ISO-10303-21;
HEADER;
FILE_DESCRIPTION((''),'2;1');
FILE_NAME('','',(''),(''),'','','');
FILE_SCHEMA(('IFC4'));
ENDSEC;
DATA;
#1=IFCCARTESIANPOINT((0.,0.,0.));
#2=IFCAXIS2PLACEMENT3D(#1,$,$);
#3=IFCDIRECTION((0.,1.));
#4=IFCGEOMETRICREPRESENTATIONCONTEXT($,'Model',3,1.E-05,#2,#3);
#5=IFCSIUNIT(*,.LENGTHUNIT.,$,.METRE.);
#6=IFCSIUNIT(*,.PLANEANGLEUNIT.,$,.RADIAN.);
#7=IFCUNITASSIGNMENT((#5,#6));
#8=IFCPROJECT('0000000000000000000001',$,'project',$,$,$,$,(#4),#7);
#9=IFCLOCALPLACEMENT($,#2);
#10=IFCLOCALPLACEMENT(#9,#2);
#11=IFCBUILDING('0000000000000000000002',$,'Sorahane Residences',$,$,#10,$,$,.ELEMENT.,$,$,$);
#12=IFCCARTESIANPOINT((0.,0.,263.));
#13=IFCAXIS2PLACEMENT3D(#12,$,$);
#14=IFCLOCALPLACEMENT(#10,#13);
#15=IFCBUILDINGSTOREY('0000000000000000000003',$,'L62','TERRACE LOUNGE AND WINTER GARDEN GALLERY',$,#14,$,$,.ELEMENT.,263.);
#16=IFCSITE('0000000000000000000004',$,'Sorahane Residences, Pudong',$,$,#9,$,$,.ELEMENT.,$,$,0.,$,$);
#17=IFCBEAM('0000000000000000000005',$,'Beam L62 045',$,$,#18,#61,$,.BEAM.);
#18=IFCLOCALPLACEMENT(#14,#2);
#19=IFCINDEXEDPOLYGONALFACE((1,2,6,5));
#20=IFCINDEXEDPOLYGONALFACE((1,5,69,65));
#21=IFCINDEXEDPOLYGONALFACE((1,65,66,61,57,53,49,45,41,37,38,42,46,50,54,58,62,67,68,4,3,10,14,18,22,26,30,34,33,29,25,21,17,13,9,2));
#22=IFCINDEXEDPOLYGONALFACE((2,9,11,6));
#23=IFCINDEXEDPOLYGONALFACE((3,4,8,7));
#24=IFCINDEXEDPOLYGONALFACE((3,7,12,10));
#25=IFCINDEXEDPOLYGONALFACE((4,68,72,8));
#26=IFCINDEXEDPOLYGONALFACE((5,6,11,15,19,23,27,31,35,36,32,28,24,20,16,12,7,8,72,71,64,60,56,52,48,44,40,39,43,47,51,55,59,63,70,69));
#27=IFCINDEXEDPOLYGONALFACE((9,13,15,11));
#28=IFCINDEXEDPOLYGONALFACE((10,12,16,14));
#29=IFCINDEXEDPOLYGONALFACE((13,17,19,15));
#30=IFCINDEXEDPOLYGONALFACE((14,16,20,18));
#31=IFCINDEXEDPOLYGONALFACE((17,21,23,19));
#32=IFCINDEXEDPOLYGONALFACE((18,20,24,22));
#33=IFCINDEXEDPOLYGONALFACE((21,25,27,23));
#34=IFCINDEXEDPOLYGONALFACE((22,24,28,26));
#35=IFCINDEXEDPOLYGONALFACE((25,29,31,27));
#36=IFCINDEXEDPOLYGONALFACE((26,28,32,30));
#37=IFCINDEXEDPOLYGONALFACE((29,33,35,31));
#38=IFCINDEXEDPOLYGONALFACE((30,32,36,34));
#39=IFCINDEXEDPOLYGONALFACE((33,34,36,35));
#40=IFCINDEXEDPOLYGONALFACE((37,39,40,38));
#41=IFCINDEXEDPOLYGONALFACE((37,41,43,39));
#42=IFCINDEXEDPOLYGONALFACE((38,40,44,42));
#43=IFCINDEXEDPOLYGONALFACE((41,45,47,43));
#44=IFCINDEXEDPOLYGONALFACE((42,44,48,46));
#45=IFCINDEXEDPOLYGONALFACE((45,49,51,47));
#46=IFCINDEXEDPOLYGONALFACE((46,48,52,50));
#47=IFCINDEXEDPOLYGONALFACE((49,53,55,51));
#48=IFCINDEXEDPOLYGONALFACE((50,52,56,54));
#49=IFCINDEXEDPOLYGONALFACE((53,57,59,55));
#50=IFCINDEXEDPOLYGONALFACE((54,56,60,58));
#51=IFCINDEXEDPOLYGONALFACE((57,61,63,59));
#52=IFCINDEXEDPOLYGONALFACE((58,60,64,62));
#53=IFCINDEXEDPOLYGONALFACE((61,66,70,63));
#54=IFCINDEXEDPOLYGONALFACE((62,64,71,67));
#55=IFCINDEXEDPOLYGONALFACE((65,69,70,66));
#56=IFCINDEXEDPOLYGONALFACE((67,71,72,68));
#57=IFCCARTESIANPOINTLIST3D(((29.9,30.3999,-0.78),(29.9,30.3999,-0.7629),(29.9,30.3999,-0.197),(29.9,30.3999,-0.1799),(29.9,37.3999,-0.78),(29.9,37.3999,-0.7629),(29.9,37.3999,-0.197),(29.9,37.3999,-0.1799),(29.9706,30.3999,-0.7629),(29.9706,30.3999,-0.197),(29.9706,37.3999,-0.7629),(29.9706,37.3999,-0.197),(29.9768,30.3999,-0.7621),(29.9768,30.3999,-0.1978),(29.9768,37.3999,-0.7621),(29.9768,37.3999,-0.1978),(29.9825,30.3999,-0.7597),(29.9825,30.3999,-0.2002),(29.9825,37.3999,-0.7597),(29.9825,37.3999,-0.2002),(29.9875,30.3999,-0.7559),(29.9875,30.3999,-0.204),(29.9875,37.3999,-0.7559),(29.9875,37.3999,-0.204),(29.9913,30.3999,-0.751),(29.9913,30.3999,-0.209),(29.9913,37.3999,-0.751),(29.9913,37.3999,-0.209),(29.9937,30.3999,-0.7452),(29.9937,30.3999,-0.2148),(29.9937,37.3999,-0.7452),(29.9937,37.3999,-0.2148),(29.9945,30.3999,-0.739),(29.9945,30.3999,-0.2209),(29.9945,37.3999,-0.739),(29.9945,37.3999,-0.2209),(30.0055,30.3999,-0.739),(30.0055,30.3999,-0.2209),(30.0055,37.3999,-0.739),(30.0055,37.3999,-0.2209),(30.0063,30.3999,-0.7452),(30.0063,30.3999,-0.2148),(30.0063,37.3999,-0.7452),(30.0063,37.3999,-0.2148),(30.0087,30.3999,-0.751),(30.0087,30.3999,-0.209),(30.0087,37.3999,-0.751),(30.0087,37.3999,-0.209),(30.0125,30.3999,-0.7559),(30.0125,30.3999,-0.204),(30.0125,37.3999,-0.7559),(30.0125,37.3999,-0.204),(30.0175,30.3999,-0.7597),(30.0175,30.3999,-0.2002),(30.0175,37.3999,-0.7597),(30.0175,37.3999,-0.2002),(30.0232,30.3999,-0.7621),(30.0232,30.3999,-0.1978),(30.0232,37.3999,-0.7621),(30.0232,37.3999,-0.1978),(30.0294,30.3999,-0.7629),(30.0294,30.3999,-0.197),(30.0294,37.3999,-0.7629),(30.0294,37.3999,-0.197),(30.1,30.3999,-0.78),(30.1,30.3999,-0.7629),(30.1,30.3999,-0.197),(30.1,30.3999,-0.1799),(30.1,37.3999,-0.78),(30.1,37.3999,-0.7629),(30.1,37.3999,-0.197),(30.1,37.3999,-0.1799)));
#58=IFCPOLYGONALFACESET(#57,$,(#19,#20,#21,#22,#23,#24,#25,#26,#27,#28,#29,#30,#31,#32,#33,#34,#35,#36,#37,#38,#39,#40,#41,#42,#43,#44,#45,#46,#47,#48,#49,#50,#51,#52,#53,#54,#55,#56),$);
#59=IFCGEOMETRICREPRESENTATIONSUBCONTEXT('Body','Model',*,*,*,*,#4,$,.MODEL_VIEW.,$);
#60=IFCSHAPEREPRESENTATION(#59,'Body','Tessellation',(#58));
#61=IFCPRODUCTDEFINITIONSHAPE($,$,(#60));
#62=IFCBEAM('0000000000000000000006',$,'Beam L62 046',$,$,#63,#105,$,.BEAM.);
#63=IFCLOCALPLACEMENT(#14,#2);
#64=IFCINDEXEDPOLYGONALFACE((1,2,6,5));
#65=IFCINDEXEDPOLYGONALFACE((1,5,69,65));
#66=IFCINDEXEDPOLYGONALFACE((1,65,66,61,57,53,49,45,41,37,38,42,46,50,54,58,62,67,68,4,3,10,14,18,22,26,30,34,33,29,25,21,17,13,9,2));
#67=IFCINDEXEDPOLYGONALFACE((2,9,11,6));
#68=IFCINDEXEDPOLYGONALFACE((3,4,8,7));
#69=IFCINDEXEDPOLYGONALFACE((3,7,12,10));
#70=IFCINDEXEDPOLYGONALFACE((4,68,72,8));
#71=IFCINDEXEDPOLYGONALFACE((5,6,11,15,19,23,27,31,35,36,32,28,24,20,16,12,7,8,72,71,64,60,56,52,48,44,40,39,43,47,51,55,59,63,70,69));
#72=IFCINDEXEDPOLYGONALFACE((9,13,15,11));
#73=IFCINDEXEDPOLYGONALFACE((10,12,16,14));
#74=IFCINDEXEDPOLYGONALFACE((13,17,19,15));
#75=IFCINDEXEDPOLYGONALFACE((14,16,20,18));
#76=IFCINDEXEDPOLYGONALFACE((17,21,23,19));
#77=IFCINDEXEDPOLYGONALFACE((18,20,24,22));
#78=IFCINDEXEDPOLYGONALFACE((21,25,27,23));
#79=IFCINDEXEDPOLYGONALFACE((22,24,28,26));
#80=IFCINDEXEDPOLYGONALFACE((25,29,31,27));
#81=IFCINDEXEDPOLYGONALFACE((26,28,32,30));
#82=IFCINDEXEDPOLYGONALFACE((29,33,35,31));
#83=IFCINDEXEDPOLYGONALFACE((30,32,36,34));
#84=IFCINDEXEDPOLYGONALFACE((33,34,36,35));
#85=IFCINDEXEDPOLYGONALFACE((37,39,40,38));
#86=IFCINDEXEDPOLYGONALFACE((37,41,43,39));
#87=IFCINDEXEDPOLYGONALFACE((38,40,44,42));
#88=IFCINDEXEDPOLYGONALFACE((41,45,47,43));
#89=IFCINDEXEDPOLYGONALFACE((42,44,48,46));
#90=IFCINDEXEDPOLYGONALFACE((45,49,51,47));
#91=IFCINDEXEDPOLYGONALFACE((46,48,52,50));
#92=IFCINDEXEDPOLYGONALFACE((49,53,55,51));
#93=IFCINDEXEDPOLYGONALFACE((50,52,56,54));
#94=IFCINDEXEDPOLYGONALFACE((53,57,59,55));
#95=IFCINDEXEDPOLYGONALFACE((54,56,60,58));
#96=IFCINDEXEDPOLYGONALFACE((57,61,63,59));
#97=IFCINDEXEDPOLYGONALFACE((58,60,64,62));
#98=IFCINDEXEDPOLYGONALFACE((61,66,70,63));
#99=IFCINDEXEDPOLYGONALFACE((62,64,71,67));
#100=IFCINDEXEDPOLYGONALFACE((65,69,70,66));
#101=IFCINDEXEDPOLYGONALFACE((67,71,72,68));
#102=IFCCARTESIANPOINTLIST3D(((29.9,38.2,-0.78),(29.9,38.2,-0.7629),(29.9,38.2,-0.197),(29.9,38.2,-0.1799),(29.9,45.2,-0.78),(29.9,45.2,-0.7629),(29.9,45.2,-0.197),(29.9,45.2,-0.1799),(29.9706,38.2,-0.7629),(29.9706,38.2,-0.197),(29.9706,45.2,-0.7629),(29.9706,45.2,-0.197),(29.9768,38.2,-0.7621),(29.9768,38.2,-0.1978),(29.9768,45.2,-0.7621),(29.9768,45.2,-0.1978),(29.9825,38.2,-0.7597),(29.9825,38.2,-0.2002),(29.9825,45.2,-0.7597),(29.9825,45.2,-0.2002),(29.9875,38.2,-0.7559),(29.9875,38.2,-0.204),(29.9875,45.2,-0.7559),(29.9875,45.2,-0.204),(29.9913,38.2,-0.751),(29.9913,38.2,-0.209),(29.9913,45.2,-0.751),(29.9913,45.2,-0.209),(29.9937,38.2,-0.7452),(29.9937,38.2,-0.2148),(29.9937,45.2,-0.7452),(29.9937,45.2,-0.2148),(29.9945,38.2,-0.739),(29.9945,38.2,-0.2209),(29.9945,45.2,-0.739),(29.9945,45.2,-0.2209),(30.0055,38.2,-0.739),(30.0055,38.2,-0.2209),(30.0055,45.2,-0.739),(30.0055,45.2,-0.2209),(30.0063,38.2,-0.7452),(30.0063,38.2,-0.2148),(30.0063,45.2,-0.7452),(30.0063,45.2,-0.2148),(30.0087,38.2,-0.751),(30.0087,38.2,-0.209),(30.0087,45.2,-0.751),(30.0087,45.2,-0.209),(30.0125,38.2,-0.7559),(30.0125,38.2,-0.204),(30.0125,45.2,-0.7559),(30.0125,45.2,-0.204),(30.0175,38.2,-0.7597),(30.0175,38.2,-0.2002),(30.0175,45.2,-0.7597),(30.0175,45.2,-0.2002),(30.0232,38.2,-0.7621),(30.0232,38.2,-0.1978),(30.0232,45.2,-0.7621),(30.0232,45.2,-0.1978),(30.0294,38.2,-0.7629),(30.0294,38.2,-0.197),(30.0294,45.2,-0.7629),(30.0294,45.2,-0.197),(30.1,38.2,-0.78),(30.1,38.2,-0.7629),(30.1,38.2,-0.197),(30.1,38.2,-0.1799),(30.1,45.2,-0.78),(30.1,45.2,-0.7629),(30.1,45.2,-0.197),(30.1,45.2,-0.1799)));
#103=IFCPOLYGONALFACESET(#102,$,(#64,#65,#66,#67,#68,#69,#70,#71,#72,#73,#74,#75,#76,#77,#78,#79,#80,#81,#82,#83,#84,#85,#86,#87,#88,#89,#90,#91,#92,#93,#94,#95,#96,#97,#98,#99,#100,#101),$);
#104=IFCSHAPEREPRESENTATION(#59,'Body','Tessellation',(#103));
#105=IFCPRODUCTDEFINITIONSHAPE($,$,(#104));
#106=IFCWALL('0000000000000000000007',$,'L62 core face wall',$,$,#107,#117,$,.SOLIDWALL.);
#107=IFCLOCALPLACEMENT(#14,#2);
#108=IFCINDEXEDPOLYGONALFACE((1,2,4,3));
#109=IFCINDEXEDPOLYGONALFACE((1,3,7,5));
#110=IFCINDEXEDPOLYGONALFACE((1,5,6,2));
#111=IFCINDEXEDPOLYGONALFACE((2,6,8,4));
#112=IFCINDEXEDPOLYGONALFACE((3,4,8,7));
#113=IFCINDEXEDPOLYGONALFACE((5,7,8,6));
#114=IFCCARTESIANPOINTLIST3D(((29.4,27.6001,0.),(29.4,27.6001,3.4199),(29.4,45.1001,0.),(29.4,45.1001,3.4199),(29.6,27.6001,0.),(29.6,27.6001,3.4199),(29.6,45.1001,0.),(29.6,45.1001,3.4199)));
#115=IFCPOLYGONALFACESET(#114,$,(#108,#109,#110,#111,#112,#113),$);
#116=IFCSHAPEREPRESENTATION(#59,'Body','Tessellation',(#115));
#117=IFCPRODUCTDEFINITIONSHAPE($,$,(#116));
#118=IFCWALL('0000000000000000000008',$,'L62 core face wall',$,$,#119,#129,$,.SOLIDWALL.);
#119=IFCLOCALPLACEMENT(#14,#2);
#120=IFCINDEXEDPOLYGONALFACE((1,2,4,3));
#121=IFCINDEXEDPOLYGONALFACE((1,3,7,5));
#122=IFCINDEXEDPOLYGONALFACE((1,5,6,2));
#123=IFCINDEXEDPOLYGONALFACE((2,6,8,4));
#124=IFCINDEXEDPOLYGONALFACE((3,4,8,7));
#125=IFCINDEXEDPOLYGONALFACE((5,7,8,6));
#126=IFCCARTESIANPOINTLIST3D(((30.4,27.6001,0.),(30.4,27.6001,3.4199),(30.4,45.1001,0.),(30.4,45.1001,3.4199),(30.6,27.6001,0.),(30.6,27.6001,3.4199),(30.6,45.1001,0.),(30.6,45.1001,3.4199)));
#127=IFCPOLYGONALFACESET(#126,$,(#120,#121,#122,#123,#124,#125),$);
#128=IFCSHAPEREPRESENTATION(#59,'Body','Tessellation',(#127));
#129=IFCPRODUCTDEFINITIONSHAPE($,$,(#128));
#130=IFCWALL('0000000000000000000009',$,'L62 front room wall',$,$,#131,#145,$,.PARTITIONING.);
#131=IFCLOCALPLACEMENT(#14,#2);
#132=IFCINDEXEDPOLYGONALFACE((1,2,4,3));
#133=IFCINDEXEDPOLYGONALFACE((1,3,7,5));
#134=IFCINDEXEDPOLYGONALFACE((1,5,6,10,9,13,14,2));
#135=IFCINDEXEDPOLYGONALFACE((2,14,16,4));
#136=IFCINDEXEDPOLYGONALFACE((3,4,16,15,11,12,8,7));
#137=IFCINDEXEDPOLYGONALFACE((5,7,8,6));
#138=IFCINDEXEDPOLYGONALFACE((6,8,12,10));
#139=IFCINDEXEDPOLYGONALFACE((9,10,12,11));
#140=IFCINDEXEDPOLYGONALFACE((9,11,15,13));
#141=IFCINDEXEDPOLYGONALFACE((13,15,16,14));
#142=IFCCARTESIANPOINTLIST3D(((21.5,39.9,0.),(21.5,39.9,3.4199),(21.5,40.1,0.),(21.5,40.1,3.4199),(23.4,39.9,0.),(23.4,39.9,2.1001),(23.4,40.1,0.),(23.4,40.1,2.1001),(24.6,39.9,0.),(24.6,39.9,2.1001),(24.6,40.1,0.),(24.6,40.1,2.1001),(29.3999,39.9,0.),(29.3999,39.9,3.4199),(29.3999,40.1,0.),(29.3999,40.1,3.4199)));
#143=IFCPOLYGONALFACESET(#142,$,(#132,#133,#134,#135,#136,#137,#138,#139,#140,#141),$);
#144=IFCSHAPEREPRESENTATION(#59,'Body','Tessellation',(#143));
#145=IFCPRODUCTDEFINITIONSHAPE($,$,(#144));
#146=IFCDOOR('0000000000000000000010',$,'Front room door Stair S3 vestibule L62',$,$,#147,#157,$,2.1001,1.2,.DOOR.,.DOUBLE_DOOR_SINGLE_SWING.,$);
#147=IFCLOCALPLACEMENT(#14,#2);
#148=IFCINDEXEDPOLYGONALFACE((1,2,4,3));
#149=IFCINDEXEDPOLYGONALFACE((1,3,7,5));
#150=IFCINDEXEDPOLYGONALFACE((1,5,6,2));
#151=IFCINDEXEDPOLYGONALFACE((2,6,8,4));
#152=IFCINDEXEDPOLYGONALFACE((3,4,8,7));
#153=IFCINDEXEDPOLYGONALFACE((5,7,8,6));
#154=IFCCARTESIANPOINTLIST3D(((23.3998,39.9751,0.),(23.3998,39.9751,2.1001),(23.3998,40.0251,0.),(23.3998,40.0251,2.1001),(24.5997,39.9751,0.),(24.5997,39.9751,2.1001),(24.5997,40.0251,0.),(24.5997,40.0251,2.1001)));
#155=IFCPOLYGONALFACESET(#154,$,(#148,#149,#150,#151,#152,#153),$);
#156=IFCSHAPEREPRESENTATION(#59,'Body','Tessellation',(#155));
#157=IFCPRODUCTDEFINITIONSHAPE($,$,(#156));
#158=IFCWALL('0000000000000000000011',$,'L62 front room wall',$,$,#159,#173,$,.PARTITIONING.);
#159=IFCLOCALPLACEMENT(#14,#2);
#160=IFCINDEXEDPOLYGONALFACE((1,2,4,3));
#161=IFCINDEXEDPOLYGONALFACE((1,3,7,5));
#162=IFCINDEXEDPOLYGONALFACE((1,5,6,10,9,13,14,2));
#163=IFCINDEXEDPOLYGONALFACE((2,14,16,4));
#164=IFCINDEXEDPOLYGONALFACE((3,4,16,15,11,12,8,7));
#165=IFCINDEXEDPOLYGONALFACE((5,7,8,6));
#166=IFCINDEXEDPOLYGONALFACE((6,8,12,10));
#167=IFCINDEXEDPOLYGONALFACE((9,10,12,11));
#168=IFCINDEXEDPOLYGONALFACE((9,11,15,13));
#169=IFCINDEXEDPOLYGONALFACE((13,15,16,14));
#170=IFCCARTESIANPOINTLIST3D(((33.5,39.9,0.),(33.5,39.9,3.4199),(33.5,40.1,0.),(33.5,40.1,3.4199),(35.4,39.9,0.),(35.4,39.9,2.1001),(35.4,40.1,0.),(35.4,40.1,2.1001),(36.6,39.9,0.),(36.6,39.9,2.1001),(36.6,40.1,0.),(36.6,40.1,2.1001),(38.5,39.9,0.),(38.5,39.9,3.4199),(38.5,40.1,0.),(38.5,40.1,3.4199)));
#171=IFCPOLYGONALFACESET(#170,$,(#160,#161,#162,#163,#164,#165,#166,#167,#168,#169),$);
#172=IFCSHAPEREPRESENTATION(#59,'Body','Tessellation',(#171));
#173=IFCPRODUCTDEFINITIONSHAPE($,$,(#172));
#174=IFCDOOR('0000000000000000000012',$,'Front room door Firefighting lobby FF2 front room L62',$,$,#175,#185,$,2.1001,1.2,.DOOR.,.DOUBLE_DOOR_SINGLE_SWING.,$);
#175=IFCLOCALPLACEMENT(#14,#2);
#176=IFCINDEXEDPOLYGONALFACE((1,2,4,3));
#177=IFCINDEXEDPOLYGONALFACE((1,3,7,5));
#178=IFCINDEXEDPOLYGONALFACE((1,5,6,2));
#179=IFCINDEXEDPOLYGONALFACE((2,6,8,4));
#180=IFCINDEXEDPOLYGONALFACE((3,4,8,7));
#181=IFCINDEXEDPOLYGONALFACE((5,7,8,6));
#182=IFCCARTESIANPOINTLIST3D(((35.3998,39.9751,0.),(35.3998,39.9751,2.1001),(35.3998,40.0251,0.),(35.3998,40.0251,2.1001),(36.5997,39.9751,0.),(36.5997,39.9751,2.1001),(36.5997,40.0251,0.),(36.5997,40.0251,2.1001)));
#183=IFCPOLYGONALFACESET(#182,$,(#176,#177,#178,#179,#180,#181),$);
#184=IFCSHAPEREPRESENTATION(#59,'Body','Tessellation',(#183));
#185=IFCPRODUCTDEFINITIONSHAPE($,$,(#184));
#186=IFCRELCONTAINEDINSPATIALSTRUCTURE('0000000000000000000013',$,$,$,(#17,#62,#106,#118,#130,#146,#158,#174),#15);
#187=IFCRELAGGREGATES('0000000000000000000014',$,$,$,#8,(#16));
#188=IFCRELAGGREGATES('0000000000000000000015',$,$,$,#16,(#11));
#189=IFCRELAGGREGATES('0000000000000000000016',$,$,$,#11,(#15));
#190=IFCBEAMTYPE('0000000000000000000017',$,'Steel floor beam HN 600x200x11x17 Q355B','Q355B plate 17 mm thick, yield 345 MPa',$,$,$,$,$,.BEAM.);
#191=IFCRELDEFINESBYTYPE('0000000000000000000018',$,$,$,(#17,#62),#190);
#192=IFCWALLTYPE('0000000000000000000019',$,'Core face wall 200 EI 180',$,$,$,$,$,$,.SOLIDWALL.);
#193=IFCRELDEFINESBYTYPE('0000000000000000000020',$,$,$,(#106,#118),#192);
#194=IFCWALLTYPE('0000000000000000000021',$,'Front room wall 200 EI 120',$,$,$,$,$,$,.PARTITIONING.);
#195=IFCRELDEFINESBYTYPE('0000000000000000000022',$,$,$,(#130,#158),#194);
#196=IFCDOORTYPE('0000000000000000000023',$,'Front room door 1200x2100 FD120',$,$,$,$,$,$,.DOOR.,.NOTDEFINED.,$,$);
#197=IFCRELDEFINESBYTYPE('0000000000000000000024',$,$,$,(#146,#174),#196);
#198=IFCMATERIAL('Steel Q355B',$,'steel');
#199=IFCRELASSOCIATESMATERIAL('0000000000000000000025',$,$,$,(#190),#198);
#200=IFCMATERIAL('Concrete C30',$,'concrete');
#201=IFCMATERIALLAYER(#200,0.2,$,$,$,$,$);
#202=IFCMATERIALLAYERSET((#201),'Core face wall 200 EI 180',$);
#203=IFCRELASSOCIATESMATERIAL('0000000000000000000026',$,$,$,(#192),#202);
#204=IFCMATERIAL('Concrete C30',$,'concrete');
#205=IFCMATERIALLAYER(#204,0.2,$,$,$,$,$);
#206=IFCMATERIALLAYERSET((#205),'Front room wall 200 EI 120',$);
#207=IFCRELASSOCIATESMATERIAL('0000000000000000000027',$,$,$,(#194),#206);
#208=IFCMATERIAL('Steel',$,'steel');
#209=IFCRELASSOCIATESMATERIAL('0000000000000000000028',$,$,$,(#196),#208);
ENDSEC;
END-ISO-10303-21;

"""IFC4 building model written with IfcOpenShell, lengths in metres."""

from ifc_helpers import new_model, si_unit, direction, frame, frame_2d, origin, origin_2d, place, context, subcontext, project, spatial, rectangle, i_section, extrude, material, layer, layer_set, material_profile, profile_set, type_object, element, fill, save


model = new_model("IFC4")

# Units and contexts
model_context = context("Model", 3, precision=1e-05, world=origin(), true_north=direction((0.0, 1.0)))
body_context = subcontext(model_context, "Body", "Model", "MODEL_VIEW")
ifc_project = project(units=[si_unit("LENGTHUNIT", "METRE"), si_unit("PLANEANGLEUNIT", "RADIAN")], contexts=[model_context])

# Site, building, storey
site_placement = place(None, origin())
site = spatial("IfcSite", under=ifc_project, at=site_placement, Name="Sorahane Residences, Pudong", CompositionType="ELEMENT", RefElevation=0.0)
building_placement = place(site_placement, origin())
building = spatial("IfcBuilding", under=site, at=building_placement, Name="Sorahane Residences", CompositionType="ELEMENT")
storey_placement = place(building_placement, frame((0.0, 0.0, 263.0)))
storey = spatial("IfcBuildingStorey", under=building, at=storey_placement, Name="L62", Description="TERRACE LOUNGE AND WINTER GARDEN GALLERY", CompositionType="ELEMENT", Elevation=263.0)

# Beams
ifc_material_1 = material(Name="Steel Q355B", Category="steel")
ifc_material_profile_1 = material_profile(ifc_material_1, i_section(OverallWidth=0.2, OverallDepth=0.6001, WebThickness=0.011, FlangeThickness=0.0171, FilletRadius=0.0239, at=origin_2d()), Name="HN 600x200x11x17")
ifc_profile_set_1 = profile_set([ifc_material_profile_1], Name="Steel Q355B")
beam_type = type_object("IfcBeamType", Name="Steel floor beam HN 600x200x11x17 Q355B", Description="Q355B plate 17 mm thick, yield 345 MPa", PredefinedType="BEAM", material=ifc_profile_set_1)
for number, where, z_axis, x_axis, name in (
    (1, (30.0, 30.3999, -0.48), (0.0, 1.0, 0.0), (-1.0, 0.0, 0.0), "Beam L62 045"),
    (2, (30.0, 38.2, -0.48), (0.0, 1.0, 0.0), (-1.0, 0.0, 0.0), "Beam L62 046"),
):
    element("IfcBeam", number, at=place(storey_placement, frame(where, z_axis=z_axis, x_axis=x_axis)), inside=storey, type_object=beam_type, Name=name, PredefinedType="BEAM", context=body_context, shape_type="SweptSolid", body=[
        extrude(i_section(OverallWidth=0.2, OverallDepth=0.6001, WebThickness=0.011, FlangeThickness=0.0171, FilletRadius=0.0239, at=origin_2d()), origin(), (0.0, 0.0, 1.0), 7.0),
    ])

# Walls
ifc_material_2 = material(Name="Concrete C30", Category="concrete")
ifc_layer_1 = layer(ifc_material_2, 0.2)
ifc_layer_set_1 = layer_set([ifc_layer_1], Name="Core face wall 200 EI 180")
wall_type_1 = type_object("IfcWallType", Name="Core face wall 200 EI 180", PredefinedType="SOLIDWALL", material=ifc_layer_set_1)
for number, where, z_axis, x_axis, name in (
    (3, (29.5, 27.6001, 0.0), (0.0, 0.0, 1.0), (0.0, 1.0, 0.0), "L62 core face wall"),
    (4, (30.5, 27.6001, 0.0), (0.0, 0.0, 1.0), (0.0, 1.0, 0.0), "L62 core face wall"),
):
    element("IfcWall", number, at=place(storey_placement, frame(where, z_axis=z_axis, x_axis=x_axis)), inside=storey, type_object=wall_type_1, Name=name, PredefinedType="SOLIDWALL", context=body_context, shape_type="SweptSolid", body=[
        extrude(rectangle(XDim=17.5, YDim=0.2, at=frame_2d((8.75, 0.0))), origin(), (0.0, 0.0, 1.0), 3.4199),
    ])

# Walls, openings, doors
ifc_material_3 = material(Name="Concrete C30", Category="concrete")
ifc_layer_2 = layer(ifc_material_3, 0.2)
ifc_layer_set_2 = layer_set([ifc_layer_2], Name="Front room wall 200 EI 120")
wall_type_2 = type_object("IfcWallType", Name="Front room wall 200 EI 120", PredefinedType="PARTITIONING", material=ifc_layer_set_2)
wall_1_placement = place(storey_placement, frame((21.5, 40.0, 0.0), z_axis=(0.0, 0.0, 1.0), x_axis=(1.0, 0.0, 0.0)))
wall_1 = element("IfcWall", 5, at=wall_1_placement, inside=storey, type_object=wall_type_2, Name="L62 front room wall", PredefinedType="PARTITIONING", context=body_context, shape_type="SweptSolid", body=[
    extrude(rectangle(XDim=7.8999, YDim=0.2, at=frame_2d((3.95, 0.0))), origin(), (0.0, 0.0, 1.0), 3.4199),
])
opening_1_placement = place(wall_1_placement, frame((1.8999, 0.0, 0.0)))
opening_1 = element("IfcOpeningElement", 6, at=opening_1_placement, cuts=wall_1, PredefinedType="OPENING", context=body_context, shape_type="SweptSolid", body=[
    extrude(rectangle(XDim=1.2, YDim=2.1001, at=frame_2d((0.6001, 1.05))), frame((0.0, 0.1099, 0.0), z_axis=(0.0, -1.0, 0.0), x_axis=(1.0, 0.0, 0.0)), (0.0, 0.0, 1.0), 0.22),
])
ifc_material_4 = material(Name="Steel", Category="steel")
door_type = type_object("IfcDoorType", Name="Front room door 1200x2100 FD120", OperationType="NOTDEFINED", PredefinedType="DOOR", material=ifc_material_4)
door_1_placement = place(opening_1_placement, frame((1.2, 0.0, 0.0), z_axis=(0.0, 0.0, 1.0), x_axis=(-1.0, 0.0, 0.0)))
door_1 = element("IfcDoor", 7, at=door_1_placement, inside=storey, type_object=door_type, Name="Front room door Stair S3 vestibule L62", OperationType="DOUBLE_DOOR_SINGLE_SWING", OverallHeight=2.1001, OverallWidth=1.2, PredefinedType="DOOR", context=body_context, shape_type="SweptSolid", body=[
    extrude(rectangle(XDim=1.2, YDim=2.1001, at=frame_2d((0.6001, 1.05))), frame((0.0, 0.0249, 0.0), z_axis=(0.0, -1.0, 0.0), x_axis=(1.0, 0.0, 0.0)), (0.0, 0.0, 1.0), 0.05),
])
fill(opening_1, door_1)
wall_2_placement = place(storey_placement, frame((33.5, 40.0, 0.0), z_axis=(0.0, 0.0, 1.0), x_axis=(1.0, 0.0, 0.0)))
wall_2 = element("IfcWall", 8, at=wall_2_placement, inside=storey, type_object=wall_type_2, Name="L62 front room wall", PredefinedType="PARTITIONING", context=body_context, shape_type="SweptSolid", body=[
    extrude(rectangle(XDim=5.0, YDim=0.2, at=frame_2d((2.5, 0.0))), origin(), (0.0, 0.0, 1.0), 3.4199),
])
opening_2_placement = place(wall_2_placement, frame((1.8999, 0.0, 0.0)))
opening_2 = element("IfcOpeningElement", 9, at=opening_2_placement, cuts=wall_2, PredefinedType="OPENING", context=body_context, shape_type="SweptSolid", body=[
    extrude(rectangle(XDim=1.2, YDim=2.1001, at=frame_2d((0.6001, 1.05))), frame((0.0, 0.1099, 0.0), z_axis=(0.0, -1.0, 0.0), x_axis=(1.0, 0.0, 0.0)), (0.0, 0.0, 1.0), 0.22),
])
door_2_placement = place(opening_2_placement, frame((1.2, 0.0, 0.0), z_axis=(0.0, 0.0, 1.0), x_axis=(-1.0, 0.0, 0.0)))
door_2 = element("IfcDoor", 10, at=door_2_placement, inside=storey, type_object=door_type, Name="Front room door Firefighting lobby FF2 front room L62", OperationType="DOUBLE_DOOR_SINGLE_SWING", OverallHeight=2.1001, OverallWidth=1.2, PredefinedType="DOOR", context=body_context, shape_type="SweptSolid", body=[
    extrude(rectangle(XDim=1.2, YDim=2.1001, at=frame_2d((0.6001, 1.05))), frame((0.0, 0.0249, 0.0), z_axis=(0.0, -1.0, 0.0), x_axis=(1.0, 0.0, 0.0)), (0.0, 0.0, 1.0), 0.05),
])
fill(opening_2, door_2)

save(model, "model.ifc")
